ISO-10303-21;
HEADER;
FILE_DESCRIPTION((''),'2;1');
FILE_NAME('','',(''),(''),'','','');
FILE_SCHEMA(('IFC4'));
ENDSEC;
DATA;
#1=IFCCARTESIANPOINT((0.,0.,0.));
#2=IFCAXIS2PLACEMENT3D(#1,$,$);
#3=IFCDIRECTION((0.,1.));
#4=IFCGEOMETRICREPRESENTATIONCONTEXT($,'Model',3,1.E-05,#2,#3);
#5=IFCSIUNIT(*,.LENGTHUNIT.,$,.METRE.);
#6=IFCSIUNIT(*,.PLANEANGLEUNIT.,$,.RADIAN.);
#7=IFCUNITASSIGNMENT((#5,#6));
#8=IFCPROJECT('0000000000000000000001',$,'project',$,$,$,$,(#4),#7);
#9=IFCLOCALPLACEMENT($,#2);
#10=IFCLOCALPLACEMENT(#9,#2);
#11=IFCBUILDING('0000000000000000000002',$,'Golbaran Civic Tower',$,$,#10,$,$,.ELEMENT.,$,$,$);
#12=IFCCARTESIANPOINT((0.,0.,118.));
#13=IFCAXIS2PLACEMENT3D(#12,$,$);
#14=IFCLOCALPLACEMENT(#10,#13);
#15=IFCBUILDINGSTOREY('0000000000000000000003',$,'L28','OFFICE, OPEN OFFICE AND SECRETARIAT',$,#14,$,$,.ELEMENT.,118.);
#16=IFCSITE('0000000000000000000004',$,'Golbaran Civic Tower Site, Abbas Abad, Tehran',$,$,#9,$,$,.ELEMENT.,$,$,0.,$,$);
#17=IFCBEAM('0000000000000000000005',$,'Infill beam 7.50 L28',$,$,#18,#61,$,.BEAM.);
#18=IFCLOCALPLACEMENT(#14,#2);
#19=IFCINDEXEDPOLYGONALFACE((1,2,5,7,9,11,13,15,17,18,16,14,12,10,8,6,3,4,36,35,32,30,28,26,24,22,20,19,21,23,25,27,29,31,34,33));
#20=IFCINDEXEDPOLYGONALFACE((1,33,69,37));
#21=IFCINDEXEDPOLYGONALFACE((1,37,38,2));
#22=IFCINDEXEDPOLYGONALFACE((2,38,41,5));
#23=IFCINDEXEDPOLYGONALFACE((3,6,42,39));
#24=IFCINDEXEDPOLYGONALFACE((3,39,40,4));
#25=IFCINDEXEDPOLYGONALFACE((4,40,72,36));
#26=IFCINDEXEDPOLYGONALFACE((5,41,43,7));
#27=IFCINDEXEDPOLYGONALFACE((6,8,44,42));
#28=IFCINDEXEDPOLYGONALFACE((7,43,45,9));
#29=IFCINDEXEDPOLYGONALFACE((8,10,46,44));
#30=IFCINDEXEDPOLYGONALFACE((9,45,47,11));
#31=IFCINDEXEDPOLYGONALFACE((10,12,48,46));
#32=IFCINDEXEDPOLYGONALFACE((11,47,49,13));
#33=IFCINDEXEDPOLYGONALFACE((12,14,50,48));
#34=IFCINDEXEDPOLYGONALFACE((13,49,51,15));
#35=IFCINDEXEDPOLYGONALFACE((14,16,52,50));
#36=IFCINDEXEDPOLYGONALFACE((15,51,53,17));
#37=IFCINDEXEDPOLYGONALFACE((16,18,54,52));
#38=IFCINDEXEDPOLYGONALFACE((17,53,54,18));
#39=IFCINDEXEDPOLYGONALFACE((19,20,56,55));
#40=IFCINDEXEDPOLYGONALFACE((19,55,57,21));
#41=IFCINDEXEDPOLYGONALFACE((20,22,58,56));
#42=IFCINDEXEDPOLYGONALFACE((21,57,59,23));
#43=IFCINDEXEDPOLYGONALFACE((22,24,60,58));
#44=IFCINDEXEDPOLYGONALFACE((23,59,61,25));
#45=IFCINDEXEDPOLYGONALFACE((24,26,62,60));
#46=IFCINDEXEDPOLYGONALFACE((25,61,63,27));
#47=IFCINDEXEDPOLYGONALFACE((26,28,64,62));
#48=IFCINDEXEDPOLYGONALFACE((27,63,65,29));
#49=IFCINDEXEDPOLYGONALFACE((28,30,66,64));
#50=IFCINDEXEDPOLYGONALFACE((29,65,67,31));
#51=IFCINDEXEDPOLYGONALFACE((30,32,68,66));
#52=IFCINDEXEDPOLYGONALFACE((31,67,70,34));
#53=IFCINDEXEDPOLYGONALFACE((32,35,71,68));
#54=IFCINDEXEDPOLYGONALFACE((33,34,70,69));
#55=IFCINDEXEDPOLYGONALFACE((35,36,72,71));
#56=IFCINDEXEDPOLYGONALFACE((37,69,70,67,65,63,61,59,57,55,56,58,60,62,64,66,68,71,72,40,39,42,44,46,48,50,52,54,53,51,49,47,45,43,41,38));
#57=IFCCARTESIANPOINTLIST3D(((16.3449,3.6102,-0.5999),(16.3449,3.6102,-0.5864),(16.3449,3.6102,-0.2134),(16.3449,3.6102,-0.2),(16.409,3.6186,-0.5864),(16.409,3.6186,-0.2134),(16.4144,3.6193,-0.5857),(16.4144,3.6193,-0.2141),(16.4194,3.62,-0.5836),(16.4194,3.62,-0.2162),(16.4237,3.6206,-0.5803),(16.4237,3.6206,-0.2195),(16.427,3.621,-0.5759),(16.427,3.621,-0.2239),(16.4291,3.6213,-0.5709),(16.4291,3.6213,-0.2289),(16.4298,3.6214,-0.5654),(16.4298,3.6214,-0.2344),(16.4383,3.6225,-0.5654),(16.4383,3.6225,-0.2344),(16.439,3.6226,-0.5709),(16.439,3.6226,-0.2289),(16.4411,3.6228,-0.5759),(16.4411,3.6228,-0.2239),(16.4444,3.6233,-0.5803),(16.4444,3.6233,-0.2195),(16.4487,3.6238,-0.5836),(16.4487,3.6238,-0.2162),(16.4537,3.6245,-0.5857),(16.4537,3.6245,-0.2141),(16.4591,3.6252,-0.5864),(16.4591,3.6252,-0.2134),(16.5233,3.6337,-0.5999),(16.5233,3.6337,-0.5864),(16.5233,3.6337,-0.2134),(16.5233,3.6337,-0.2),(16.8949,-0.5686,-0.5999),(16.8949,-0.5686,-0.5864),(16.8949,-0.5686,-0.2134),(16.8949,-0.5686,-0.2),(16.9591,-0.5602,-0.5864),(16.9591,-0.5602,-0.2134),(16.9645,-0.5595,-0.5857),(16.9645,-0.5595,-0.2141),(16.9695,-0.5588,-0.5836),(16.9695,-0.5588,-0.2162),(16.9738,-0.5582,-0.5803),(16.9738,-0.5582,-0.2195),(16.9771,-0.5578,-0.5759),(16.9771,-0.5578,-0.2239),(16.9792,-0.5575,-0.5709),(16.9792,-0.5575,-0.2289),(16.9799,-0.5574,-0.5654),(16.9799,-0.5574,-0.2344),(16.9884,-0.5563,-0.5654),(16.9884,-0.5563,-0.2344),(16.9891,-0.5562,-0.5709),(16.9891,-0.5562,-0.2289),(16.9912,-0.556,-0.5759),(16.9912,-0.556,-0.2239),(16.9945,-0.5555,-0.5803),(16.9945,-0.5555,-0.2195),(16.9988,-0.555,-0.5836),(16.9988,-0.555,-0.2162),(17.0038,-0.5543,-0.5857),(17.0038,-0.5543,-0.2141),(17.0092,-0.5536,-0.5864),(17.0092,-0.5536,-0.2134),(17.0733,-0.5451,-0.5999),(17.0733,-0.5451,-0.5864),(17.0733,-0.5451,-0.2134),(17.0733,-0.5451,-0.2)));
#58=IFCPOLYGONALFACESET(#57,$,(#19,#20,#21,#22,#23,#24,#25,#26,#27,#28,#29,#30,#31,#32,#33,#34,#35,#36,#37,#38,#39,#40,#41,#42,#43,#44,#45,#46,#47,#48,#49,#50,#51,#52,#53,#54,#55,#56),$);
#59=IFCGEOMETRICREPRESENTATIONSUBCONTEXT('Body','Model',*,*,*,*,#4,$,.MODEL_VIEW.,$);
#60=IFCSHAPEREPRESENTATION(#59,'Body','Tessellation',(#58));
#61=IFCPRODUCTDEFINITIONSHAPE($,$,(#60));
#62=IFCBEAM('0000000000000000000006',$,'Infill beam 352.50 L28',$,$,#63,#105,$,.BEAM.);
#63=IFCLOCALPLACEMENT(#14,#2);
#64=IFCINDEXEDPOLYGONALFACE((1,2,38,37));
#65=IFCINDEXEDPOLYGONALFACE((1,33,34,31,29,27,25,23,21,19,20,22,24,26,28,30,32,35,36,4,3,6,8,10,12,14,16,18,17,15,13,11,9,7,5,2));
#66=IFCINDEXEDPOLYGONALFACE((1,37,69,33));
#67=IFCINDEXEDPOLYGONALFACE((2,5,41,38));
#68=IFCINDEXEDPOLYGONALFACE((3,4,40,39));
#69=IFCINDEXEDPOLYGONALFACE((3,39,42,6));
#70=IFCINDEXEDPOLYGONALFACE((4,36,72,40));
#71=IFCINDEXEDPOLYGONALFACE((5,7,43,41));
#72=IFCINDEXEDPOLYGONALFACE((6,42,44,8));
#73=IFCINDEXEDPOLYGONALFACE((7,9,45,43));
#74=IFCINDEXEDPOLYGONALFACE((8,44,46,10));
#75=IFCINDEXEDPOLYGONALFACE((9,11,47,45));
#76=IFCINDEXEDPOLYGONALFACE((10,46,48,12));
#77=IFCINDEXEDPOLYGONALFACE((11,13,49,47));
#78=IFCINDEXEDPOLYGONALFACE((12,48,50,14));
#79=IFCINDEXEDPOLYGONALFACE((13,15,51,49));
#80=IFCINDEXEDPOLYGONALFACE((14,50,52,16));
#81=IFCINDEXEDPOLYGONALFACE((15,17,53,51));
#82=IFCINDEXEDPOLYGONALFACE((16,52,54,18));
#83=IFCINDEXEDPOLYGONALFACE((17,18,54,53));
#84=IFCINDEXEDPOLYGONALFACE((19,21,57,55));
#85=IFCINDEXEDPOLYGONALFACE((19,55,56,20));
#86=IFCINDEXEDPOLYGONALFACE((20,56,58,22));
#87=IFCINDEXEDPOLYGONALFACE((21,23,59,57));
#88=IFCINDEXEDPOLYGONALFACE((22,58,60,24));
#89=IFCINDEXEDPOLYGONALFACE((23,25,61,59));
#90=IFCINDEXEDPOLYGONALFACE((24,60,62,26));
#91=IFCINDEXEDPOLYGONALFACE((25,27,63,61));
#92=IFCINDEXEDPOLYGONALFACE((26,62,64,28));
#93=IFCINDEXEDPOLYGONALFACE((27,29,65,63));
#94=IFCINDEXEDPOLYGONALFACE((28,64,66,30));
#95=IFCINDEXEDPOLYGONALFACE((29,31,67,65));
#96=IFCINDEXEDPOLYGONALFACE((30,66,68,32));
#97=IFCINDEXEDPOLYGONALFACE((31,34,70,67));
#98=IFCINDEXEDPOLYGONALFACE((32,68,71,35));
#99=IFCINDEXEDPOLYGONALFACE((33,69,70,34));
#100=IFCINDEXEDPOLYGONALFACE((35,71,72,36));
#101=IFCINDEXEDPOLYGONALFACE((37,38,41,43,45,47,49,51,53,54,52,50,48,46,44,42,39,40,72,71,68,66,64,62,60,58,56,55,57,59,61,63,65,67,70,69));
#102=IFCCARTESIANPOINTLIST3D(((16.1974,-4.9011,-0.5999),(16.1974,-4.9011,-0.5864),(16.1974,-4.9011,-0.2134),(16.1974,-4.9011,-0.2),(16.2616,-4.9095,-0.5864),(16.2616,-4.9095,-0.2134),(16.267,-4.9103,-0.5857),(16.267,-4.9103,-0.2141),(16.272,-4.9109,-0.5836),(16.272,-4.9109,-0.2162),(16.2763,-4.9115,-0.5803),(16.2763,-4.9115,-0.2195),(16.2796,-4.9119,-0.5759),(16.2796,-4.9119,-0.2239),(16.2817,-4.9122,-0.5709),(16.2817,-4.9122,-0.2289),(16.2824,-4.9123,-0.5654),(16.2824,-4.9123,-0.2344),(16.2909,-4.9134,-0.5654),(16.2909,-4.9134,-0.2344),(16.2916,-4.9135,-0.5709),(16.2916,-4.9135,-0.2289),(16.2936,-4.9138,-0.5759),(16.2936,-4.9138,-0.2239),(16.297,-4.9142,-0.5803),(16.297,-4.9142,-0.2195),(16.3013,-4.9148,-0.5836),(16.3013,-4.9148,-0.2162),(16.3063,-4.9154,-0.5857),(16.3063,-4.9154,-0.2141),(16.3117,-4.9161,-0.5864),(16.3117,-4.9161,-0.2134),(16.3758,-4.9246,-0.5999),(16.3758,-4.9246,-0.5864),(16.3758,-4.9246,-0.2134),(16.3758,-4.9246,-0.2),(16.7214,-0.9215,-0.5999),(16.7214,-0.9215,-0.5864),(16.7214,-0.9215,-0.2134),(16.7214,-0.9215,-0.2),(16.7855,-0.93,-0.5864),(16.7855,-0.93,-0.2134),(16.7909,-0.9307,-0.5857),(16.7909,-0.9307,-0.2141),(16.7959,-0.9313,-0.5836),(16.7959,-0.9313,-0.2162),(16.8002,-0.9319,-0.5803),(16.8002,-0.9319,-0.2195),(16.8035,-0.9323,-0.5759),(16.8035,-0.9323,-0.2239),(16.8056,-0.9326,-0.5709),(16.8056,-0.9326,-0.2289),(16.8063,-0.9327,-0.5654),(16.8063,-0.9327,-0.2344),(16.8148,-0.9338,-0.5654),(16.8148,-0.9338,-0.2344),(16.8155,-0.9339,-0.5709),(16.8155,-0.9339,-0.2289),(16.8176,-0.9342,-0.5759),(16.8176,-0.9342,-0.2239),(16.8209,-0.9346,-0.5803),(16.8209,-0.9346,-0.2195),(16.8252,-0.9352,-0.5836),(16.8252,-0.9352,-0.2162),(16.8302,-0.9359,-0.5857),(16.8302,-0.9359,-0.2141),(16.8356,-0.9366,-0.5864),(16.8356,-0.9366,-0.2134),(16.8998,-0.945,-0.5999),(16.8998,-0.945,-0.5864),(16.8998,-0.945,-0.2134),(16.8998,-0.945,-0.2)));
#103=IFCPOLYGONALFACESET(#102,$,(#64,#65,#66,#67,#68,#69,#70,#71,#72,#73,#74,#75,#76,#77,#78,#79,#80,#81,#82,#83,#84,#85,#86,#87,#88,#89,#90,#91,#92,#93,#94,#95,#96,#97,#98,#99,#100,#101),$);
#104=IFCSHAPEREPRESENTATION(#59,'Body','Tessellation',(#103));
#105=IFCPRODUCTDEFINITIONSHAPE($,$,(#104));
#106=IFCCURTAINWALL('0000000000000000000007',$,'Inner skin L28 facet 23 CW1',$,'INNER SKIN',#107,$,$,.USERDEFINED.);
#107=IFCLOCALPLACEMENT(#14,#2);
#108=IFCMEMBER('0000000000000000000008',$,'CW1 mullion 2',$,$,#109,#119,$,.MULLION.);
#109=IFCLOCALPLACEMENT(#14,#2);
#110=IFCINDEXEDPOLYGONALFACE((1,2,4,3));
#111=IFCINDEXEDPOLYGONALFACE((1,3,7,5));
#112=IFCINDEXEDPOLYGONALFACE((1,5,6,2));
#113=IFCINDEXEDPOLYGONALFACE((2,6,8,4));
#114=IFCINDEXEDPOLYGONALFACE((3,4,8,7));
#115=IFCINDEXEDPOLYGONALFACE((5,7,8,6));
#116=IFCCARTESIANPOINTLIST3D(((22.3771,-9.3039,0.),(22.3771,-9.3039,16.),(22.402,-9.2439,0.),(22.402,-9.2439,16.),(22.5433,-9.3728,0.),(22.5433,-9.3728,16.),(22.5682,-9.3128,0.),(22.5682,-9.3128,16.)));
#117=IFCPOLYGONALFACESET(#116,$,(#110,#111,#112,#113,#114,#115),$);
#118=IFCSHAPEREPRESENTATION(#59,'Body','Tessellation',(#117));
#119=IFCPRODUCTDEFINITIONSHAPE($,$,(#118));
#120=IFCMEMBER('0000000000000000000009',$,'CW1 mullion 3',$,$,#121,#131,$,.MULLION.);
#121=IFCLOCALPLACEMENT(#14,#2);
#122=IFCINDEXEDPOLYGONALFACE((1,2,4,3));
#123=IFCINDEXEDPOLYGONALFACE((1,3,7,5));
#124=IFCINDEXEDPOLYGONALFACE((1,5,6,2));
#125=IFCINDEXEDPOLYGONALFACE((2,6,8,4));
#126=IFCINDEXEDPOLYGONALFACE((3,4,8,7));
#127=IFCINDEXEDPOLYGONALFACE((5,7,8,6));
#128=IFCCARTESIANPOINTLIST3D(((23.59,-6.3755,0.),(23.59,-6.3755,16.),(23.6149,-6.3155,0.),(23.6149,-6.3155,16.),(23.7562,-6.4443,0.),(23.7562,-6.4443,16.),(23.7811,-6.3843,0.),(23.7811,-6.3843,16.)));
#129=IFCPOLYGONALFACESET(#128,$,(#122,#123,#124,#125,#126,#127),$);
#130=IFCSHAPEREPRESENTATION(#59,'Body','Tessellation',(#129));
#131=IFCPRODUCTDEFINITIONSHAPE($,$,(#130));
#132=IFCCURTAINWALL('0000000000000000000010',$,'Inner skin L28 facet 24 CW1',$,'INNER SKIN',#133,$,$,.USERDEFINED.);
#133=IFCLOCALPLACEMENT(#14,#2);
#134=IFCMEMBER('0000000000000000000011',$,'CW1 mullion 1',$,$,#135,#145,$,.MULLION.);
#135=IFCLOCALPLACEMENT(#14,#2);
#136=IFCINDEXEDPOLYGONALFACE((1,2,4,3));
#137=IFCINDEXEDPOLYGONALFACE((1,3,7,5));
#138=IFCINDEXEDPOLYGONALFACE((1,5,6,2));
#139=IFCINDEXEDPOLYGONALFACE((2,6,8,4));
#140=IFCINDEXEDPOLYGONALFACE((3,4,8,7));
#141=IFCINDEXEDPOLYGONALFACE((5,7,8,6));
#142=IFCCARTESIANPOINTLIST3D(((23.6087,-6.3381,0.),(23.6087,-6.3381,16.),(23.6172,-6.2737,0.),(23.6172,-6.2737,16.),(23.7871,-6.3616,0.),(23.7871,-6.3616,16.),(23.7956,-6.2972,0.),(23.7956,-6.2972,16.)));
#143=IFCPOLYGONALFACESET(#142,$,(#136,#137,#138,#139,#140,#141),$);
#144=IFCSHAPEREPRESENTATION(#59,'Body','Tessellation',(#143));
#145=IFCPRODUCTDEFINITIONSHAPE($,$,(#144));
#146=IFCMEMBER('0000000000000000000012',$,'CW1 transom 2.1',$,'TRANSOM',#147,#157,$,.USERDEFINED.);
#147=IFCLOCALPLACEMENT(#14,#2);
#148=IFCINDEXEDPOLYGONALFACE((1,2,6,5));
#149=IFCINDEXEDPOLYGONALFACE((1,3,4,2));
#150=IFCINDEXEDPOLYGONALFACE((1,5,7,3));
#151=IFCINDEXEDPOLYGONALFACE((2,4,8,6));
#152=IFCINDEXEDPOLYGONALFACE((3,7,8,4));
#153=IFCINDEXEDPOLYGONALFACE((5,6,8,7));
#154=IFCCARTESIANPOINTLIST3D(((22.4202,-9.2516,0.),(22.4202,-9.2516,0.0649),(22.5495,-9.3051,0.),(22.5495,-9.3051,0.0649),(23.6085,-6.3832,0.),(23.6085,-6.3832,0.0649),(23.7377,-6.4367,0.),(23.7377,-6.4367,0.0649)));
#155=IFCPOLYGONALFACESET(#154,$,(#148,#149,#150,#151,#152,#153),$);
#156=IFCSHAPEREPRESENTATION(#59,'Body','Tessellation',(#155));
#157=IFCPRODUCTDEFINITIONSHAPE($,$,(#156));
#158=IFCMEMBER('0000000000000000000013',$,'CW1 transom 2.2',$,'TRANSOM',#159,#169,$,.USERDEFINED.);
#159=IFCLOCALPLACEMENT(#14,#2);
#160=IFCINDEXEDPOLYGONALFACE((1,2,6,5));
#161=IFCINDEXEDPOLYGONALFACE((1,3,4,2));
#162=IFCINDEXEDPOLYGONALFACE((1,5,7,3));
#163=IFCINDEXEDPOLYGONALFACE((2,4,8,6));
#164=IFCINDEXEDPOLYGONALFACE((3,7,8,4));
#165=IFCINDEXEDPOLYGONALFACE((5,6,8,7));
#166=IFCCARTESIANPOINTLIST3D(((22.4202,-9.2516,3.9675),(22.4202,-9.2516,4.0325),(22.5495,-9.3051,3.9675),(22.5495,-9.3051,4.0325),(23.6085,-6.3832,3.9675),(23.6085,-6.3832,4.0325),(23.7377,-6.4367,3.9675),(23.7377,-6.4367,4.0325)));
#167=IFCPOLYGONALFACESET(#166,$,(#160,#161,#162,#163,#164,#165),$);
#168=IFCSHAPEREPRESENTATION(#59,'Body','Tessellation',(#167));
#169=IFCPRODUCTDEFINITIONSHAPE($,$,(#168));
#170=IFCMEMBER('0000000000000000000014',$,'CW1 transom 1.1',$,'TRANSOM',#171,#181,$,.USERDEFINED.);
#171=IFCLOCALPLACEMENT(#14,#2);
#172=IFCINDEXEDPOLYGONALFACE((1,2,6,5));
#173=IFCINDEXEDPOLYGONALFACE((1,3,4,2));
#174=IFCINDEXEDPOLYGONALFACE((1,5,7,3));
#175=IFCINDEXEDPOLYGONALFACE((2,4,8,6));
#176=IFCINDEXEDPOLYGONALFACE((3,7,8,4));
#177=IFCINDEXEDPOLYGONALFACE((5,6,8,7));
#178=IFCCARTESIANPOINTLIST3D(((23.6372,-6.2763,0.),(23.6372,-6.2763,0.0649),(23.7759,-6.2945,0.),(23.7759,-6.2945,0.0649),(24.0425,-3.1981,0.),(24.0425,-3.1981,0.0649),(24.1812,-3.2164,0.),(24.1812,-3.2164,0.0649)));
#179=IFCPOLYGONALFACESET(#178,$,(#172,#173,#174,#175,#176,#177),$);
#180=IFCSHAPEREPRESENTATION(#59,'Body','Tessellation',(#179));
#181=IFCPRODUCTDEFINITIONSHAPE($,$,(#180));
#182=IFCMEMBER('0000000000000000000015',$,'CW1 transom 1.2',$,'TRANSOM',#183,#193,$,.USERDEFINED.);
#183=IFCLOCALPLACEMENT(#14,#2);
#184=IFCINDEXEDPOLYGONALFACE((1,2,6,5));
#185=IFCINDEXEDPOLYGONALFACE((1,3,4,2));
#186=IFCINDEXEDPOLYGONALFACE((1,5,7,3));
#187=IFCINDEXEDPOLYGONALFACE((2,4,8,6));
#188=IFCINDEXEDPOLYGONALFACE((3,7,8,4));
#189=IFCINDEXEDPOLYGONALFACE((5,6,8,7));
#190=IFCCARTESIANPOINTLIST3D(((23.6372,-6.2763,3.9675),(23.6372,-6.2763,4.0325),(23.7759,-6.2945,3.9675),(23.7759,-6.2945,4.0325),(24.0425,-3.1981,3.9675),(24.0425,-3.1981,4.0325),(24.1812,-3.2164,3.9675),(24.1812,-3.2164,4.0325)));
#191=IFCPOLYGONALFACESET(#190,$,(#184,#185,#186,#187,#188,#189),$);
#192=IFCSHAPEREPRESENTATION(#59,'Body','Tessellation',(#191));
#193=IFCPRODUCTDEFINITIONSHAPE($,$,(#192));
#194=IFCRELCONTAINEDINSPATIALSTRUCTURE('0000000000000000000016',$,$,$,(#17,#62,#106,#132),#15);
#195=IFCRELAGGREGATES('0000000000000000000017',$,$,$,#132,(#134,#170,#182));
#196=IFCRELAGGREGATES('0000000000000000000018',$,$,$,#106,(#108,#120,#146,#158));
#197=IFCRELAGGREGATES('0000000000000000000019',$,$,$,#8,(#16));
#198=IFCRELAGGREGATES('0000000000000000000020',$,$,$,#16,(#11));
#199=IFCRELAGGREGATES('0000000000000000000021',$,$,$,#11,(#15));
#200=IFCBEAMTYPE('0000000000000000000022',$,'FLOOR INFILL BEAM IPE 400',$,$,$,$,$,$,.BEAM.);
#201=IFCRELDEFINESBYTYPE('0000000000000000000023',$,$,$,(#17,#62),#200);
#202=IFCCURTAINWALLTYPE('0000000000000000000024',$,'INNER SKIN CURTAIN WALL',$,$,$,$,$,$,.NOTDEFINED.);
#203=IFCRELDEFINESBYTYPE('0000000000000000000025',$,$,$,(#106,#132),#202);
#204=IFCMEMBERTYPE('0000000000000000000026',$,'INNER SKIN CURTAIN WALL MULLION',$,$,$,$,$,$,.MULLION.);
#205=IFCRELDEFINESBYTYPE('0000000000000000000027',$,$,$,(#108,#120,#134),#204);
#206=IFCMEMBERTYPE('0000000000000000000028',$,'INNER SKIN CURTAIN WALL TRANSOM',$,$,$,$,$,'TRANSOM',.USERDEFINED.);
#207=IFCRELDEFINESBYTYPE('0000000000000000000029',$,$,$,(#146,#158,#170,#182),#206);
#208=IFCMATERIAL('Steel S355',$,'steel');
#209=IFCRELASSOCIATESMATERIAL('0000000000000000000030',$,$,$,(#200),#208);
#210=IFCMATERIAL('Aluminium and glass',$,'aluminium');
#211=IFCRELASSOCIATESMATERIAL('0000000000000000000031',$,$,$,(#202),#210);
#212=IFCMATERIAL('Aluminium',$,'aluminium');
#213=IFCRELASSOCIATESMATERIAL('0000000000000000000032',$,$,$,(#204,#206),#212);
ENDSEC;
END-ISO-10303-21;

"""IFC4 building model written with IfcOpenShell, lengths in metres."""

from ifc_helpers import new_model, si_unit, direction, frame, origin, origin_2d, place, context, subcontext, project, spatial, rectangle, i_section, extrude, material, material_profile, profile_set, type_object, element, aggregate, save


model = new_model("IFC4")

# Units and contexts
model_context = context("Model", 3, precision=1e-05, world=origin(), true_north=direction((0.0, 1.0)))
body_context = subcontext(model_context, "Body", "Model", "MODEL_VIEW")
ifc_project = project(units=[si_unit("LENGTHUNIT", "METRE"), si_unit("PLANEANGLEUNIT", "RADIAN")], contexts=[model_context])

# Site, building, storey
site_placement = place(None, origin())
site = spatial("IfcSite", under=ifc_project, at=site_placement, Name="Golbaran Civic Tower Site, Abbas Abad, Tehran", CompositionType="ELEMENT", RefElevation=0.0)
building_placement = place(site_placement, origin())
building = spatial("IfcBuilding", under=site, at=building_placement, Name="Golbaran Civic Tower", CompositionType="ELEMENT")
storey_placement = place(building_placement, frame((0.0, 0.0, 118.0)))
storey = spatial("IfcBuildingStorey", under=building, at=storey_placement, Name="L28", Description="OFFICE, OPEN OFFICE AND SECRETARIAT", CompositionType="ELEMENT", Elevation=118.0)

# Beams
ifc_material_1 = material(Name="Steel S355", Category="steel")
ifc_material_profile_1 = material_profile(ifc_material_1, i_section(OverallWidth=0.1799, OverallDepth=0.3999, WebThickness=0.0085, FlangeThickness=0.0134, FilletRadius=0.021, at=origin_2d()), Name="IPE 400")
ifc_profile_set_1 = profile_set([ifc_material_profile_1], Name="Steel S355")
beam_type = type_object("IfcBeamType", Name="FLOOR INFILL BEAM IPE 400", PredefinedType="BEAM", material=ifc_profile_set_1)
beam_1_placement = place(storey_placement, frame((16.9841, -0.5569, -0.3999), z_axis=(-0.130505, 0.991448, 0.0), x_axis=(-0.991448, -0.130505, 0.0)))
element("IfcBeam", 1, at=beam_1_placement, inside=storey, type_object=beam_type, Name="Infill beam 7.50 L28", PredefinedType="BEAM", context=body_context, shape_type="SweptSolid", body=[
    extrude(i_section(OverallWidth=0.1799, OverallDepth=0.3999, WebThickness=0.0085, FlangeThickness=0.0134, FilletRadius=0.021, at=origin_2d()), origin(), (0.0, 0.0, 1.0), 4.2148),
])
beam_2_placement = place(storey_placement, frame((16.2866, -4.9128, -0.3999), z_axis=(0.13053, 0.991444, 0.0), x_axis=(-0.991444, 0.13053, 0.0)))
element("IfcBeam", 2, at=beam_2_placement, inside=storey, type_object=beam_type, Name="Infill beam 352.50 L28", PredefinedType="BEAM", context=body_context, shape_type="SweptSolid", body=[
    extrude(i_section(OverallWidth=0.1799, OverallDepth=0.3999, WebThickness=0.0085, FlangeThickness=0.0134, FilletRadius=0.021, at=origin_2d()), origin(), (0.0, 0.0, 1.0), 4.0139),
])

# Curtain wall, members
ifc_material_2 = material(Name="Aluminium and glass", Category="aluminium")
curtain_wall_type = type_object("IfcCurtainWallType", Name="INNER SKIN CURTAIN WALL", PredefinedType="NOTDEFINED", material=ifc_material_2)
curtain_wall_1_placement = place(storey_placement, origin())
curtain_wall_1 = element("IfcCurtainWall", 3, at=curtain_wall_1_placement, inside=storey, type_object=curtain_wall_type, Name="Inner skin L28 facet 23 CW1", ObjectType="INNER SKIN", PredefinedType="USERDEFINED")
ifc_material_3 = material(Name="Aluminium", Category="aluminium")
ifc_material_profile_2 = material_profile(ifc_material_3, rectangle(XDim=0.1799, YDim=0.0649, at=origin_2d()), Name="INNER SKIN CURTAIN WALL MULLION")
ifc_profile_set_2 = profile_set([ifc_material_profile_2], Name="Aluminium")
member_type_1 = type_object("IfcMemberType", Name="INNER SKIN CURTAIN WALL MULLION", PredefinedType="MULLION", material=ifc_profile_set_2)
member_1_placement = place(storey_placement, frame((22.4727, -9.3083, 0.0), z_axis=(0.0, 0.0, 1.0), x_axis=(-0.92388, 0.382683, 0.0)))
member_1 = element("IfcMember", 4, at=member_1_placement, type_object=member_type_1, Name="CW1 mullion 2", PredefinedType="MULLION", context=body_context, shape_type="SweptSolid", body=[
    extrude(rectangle(XDim=0.1799, YDim=0.0649, at=origin_2d()), origin(), (0.0, 0.0, 1.0), 16.0),
])
member_2_placement = place(storey_placement, frame((23.6855, -6.3799, 0.0), z_axis=(0.0, 0.0, 1.0), x_axis=(-0.92388, 0.382683, 0.0)))
member_2 = element("IfcMember", 5, at=member_2_placement, type_object=member_type_1, Name="CW1 mullion 3", PredefinedType="MULLION", context=body_context, shape_type="SweptSolid", body=[
    extrude(rectangle(XDim=0.1799, YDim=0.0649, at=origin_2d()), origin(), (0.0, 0.0, 1.0), 16.0),
])

# Curtain wall, member
curtain_wall_2_placement = place(storey_placement, origin())
curtain_wall_2 = element("IfcCurtainWall", 6, at=curtain_wall_2_placement, inside=storey, type_object=curtain_wall_type, Name="Inner skin L28 facet 24 CW1", ObjectType="INNER SKIN", PredefinedType="USERDEFINED")
member_3_placement = place(storey_placement, frame((23.7021, -6.3176, 0.0), z_axis=(0.0, 0.0, 1.0), x_axis=(-0.991445, 0.130526, 0.0)))
member_3 = element("IfcMember", 7, at=member_3_placement, type_object=member_type_1, Name="CW1 mullion 1", PredefinedType="MULLION", context=body_context, shape_type="SweptSolid", body=[
    extrude(rectangle(XDim=0.1799, YDim=0.0649, at=origin_2d()), origin(), (0.0, 0.0, 1.0), 16.0),
])

# Members
ifc_material_profile_3 = material_profile(ifc_material_3, rectangle(XDim=0.1399, YDim=0.0649, at=origin_2d()), Name="INNER SKIN CURTAIN WALL TRANSOM")
ifc_profile_set_3 = profile_set([ifc_material_profile_3], Name="Aluminium")
member_type_2 = type_object("IfcMemberType", Name="INNER SKIN CURTAIN WALL TRANSOM", ElementType="TRANSOM", PredefinedType="USERDEFINED", material=ifc_profile_set_3)
member_4_placement = place(storey_placement, frame((22.4849, -9.2783, 0.0325), z_axis=(0.382711, 0.923868, 0.0), x_axis=(-0.923868, 0.382711, 0.0)))
member_4 = element("IfcMember", 8, at=member_4_placement, type_object=member_type_2, Name="CW1 transom 2.1", ObjectType="TRANSOM", PredefinedType="USERDEFINED", context=body_context, shape_type="SweptSolid", body=[
    extrude(rectangle(XDim=0.1399, YDim=0.0649, at=origin_2d()), origin(), (0.0, 0.0, 1.0), 3.1047),
])
member_5_placement = place(storey_placement, frame((22.4849, -9.2783, 4.0), z_axis=(0.382711, 0.923868, 0.0), x_axis=(-0.923868, 0.382711, 0.0)))
member_5 = element("IfcMember", 9, at=member_5_placement, type_object=member_type_2, Name="CW1 transom 2.2", ObjectType="TRANSOM", PredefinedType="USERDEFINED", context=body_context, shape_type="SweptSolid", body=[
    extrude(rectangle(XDim=0.1399, YDim=0.0649, at=origin_2d()), origin(), (0.0, 0.0, 1.0), 3.1047),
])
member_6_placement = place(storey_placement, frame((23.7065, -6.2854, 0.0325), z_axis=(0.130536, 0.991444, 0.0), x_axis=(-0.991444, 0.130536, 0.0)))
member_6 = element("IfcMember", 10, at=member_6_placement, type_object=member_type_2, Name="CW1 transom 1.1", ObjectType="TRANSOM", PredefinedType="USERDEFINED", context=body_context, shape_type="SweptSolid", body=[
    extrude(rectangle(XDim=0.1399, YDim=0.0649, at=origin_2d()), origin(), (0.0, 0.0, 1.0), 3.1047),
])
member_7_placement = place(storey_placement, frame((23.7065, -6.2854, 4.0), z_axis=(0.130536, 0.991444, 0.0), x_axis=(-0.991444, 0.130536, 0.0)))
member_7 = element("IfcMember", 11, at=member_7_placement, type_object=member_type_2, Name="CW1 transom 1.2", ObjectType="TRANSOM", PredefinedType="USERDEFINED", context=body_context, shape_type="SweptSolid", body=[
    extrude(rectangle(XDim=0.1399, YDim=0.0649, at=origin_2d()), origin(), (0.0, 0.0, 1.0), 3.1047),
])

aggregate(curtain_wall_2, [member_3, member_6, member_7])
aggregate(curtain_wall_1, [member_1, member_2, member_4, member_5])

save(model, "model.ifc")
